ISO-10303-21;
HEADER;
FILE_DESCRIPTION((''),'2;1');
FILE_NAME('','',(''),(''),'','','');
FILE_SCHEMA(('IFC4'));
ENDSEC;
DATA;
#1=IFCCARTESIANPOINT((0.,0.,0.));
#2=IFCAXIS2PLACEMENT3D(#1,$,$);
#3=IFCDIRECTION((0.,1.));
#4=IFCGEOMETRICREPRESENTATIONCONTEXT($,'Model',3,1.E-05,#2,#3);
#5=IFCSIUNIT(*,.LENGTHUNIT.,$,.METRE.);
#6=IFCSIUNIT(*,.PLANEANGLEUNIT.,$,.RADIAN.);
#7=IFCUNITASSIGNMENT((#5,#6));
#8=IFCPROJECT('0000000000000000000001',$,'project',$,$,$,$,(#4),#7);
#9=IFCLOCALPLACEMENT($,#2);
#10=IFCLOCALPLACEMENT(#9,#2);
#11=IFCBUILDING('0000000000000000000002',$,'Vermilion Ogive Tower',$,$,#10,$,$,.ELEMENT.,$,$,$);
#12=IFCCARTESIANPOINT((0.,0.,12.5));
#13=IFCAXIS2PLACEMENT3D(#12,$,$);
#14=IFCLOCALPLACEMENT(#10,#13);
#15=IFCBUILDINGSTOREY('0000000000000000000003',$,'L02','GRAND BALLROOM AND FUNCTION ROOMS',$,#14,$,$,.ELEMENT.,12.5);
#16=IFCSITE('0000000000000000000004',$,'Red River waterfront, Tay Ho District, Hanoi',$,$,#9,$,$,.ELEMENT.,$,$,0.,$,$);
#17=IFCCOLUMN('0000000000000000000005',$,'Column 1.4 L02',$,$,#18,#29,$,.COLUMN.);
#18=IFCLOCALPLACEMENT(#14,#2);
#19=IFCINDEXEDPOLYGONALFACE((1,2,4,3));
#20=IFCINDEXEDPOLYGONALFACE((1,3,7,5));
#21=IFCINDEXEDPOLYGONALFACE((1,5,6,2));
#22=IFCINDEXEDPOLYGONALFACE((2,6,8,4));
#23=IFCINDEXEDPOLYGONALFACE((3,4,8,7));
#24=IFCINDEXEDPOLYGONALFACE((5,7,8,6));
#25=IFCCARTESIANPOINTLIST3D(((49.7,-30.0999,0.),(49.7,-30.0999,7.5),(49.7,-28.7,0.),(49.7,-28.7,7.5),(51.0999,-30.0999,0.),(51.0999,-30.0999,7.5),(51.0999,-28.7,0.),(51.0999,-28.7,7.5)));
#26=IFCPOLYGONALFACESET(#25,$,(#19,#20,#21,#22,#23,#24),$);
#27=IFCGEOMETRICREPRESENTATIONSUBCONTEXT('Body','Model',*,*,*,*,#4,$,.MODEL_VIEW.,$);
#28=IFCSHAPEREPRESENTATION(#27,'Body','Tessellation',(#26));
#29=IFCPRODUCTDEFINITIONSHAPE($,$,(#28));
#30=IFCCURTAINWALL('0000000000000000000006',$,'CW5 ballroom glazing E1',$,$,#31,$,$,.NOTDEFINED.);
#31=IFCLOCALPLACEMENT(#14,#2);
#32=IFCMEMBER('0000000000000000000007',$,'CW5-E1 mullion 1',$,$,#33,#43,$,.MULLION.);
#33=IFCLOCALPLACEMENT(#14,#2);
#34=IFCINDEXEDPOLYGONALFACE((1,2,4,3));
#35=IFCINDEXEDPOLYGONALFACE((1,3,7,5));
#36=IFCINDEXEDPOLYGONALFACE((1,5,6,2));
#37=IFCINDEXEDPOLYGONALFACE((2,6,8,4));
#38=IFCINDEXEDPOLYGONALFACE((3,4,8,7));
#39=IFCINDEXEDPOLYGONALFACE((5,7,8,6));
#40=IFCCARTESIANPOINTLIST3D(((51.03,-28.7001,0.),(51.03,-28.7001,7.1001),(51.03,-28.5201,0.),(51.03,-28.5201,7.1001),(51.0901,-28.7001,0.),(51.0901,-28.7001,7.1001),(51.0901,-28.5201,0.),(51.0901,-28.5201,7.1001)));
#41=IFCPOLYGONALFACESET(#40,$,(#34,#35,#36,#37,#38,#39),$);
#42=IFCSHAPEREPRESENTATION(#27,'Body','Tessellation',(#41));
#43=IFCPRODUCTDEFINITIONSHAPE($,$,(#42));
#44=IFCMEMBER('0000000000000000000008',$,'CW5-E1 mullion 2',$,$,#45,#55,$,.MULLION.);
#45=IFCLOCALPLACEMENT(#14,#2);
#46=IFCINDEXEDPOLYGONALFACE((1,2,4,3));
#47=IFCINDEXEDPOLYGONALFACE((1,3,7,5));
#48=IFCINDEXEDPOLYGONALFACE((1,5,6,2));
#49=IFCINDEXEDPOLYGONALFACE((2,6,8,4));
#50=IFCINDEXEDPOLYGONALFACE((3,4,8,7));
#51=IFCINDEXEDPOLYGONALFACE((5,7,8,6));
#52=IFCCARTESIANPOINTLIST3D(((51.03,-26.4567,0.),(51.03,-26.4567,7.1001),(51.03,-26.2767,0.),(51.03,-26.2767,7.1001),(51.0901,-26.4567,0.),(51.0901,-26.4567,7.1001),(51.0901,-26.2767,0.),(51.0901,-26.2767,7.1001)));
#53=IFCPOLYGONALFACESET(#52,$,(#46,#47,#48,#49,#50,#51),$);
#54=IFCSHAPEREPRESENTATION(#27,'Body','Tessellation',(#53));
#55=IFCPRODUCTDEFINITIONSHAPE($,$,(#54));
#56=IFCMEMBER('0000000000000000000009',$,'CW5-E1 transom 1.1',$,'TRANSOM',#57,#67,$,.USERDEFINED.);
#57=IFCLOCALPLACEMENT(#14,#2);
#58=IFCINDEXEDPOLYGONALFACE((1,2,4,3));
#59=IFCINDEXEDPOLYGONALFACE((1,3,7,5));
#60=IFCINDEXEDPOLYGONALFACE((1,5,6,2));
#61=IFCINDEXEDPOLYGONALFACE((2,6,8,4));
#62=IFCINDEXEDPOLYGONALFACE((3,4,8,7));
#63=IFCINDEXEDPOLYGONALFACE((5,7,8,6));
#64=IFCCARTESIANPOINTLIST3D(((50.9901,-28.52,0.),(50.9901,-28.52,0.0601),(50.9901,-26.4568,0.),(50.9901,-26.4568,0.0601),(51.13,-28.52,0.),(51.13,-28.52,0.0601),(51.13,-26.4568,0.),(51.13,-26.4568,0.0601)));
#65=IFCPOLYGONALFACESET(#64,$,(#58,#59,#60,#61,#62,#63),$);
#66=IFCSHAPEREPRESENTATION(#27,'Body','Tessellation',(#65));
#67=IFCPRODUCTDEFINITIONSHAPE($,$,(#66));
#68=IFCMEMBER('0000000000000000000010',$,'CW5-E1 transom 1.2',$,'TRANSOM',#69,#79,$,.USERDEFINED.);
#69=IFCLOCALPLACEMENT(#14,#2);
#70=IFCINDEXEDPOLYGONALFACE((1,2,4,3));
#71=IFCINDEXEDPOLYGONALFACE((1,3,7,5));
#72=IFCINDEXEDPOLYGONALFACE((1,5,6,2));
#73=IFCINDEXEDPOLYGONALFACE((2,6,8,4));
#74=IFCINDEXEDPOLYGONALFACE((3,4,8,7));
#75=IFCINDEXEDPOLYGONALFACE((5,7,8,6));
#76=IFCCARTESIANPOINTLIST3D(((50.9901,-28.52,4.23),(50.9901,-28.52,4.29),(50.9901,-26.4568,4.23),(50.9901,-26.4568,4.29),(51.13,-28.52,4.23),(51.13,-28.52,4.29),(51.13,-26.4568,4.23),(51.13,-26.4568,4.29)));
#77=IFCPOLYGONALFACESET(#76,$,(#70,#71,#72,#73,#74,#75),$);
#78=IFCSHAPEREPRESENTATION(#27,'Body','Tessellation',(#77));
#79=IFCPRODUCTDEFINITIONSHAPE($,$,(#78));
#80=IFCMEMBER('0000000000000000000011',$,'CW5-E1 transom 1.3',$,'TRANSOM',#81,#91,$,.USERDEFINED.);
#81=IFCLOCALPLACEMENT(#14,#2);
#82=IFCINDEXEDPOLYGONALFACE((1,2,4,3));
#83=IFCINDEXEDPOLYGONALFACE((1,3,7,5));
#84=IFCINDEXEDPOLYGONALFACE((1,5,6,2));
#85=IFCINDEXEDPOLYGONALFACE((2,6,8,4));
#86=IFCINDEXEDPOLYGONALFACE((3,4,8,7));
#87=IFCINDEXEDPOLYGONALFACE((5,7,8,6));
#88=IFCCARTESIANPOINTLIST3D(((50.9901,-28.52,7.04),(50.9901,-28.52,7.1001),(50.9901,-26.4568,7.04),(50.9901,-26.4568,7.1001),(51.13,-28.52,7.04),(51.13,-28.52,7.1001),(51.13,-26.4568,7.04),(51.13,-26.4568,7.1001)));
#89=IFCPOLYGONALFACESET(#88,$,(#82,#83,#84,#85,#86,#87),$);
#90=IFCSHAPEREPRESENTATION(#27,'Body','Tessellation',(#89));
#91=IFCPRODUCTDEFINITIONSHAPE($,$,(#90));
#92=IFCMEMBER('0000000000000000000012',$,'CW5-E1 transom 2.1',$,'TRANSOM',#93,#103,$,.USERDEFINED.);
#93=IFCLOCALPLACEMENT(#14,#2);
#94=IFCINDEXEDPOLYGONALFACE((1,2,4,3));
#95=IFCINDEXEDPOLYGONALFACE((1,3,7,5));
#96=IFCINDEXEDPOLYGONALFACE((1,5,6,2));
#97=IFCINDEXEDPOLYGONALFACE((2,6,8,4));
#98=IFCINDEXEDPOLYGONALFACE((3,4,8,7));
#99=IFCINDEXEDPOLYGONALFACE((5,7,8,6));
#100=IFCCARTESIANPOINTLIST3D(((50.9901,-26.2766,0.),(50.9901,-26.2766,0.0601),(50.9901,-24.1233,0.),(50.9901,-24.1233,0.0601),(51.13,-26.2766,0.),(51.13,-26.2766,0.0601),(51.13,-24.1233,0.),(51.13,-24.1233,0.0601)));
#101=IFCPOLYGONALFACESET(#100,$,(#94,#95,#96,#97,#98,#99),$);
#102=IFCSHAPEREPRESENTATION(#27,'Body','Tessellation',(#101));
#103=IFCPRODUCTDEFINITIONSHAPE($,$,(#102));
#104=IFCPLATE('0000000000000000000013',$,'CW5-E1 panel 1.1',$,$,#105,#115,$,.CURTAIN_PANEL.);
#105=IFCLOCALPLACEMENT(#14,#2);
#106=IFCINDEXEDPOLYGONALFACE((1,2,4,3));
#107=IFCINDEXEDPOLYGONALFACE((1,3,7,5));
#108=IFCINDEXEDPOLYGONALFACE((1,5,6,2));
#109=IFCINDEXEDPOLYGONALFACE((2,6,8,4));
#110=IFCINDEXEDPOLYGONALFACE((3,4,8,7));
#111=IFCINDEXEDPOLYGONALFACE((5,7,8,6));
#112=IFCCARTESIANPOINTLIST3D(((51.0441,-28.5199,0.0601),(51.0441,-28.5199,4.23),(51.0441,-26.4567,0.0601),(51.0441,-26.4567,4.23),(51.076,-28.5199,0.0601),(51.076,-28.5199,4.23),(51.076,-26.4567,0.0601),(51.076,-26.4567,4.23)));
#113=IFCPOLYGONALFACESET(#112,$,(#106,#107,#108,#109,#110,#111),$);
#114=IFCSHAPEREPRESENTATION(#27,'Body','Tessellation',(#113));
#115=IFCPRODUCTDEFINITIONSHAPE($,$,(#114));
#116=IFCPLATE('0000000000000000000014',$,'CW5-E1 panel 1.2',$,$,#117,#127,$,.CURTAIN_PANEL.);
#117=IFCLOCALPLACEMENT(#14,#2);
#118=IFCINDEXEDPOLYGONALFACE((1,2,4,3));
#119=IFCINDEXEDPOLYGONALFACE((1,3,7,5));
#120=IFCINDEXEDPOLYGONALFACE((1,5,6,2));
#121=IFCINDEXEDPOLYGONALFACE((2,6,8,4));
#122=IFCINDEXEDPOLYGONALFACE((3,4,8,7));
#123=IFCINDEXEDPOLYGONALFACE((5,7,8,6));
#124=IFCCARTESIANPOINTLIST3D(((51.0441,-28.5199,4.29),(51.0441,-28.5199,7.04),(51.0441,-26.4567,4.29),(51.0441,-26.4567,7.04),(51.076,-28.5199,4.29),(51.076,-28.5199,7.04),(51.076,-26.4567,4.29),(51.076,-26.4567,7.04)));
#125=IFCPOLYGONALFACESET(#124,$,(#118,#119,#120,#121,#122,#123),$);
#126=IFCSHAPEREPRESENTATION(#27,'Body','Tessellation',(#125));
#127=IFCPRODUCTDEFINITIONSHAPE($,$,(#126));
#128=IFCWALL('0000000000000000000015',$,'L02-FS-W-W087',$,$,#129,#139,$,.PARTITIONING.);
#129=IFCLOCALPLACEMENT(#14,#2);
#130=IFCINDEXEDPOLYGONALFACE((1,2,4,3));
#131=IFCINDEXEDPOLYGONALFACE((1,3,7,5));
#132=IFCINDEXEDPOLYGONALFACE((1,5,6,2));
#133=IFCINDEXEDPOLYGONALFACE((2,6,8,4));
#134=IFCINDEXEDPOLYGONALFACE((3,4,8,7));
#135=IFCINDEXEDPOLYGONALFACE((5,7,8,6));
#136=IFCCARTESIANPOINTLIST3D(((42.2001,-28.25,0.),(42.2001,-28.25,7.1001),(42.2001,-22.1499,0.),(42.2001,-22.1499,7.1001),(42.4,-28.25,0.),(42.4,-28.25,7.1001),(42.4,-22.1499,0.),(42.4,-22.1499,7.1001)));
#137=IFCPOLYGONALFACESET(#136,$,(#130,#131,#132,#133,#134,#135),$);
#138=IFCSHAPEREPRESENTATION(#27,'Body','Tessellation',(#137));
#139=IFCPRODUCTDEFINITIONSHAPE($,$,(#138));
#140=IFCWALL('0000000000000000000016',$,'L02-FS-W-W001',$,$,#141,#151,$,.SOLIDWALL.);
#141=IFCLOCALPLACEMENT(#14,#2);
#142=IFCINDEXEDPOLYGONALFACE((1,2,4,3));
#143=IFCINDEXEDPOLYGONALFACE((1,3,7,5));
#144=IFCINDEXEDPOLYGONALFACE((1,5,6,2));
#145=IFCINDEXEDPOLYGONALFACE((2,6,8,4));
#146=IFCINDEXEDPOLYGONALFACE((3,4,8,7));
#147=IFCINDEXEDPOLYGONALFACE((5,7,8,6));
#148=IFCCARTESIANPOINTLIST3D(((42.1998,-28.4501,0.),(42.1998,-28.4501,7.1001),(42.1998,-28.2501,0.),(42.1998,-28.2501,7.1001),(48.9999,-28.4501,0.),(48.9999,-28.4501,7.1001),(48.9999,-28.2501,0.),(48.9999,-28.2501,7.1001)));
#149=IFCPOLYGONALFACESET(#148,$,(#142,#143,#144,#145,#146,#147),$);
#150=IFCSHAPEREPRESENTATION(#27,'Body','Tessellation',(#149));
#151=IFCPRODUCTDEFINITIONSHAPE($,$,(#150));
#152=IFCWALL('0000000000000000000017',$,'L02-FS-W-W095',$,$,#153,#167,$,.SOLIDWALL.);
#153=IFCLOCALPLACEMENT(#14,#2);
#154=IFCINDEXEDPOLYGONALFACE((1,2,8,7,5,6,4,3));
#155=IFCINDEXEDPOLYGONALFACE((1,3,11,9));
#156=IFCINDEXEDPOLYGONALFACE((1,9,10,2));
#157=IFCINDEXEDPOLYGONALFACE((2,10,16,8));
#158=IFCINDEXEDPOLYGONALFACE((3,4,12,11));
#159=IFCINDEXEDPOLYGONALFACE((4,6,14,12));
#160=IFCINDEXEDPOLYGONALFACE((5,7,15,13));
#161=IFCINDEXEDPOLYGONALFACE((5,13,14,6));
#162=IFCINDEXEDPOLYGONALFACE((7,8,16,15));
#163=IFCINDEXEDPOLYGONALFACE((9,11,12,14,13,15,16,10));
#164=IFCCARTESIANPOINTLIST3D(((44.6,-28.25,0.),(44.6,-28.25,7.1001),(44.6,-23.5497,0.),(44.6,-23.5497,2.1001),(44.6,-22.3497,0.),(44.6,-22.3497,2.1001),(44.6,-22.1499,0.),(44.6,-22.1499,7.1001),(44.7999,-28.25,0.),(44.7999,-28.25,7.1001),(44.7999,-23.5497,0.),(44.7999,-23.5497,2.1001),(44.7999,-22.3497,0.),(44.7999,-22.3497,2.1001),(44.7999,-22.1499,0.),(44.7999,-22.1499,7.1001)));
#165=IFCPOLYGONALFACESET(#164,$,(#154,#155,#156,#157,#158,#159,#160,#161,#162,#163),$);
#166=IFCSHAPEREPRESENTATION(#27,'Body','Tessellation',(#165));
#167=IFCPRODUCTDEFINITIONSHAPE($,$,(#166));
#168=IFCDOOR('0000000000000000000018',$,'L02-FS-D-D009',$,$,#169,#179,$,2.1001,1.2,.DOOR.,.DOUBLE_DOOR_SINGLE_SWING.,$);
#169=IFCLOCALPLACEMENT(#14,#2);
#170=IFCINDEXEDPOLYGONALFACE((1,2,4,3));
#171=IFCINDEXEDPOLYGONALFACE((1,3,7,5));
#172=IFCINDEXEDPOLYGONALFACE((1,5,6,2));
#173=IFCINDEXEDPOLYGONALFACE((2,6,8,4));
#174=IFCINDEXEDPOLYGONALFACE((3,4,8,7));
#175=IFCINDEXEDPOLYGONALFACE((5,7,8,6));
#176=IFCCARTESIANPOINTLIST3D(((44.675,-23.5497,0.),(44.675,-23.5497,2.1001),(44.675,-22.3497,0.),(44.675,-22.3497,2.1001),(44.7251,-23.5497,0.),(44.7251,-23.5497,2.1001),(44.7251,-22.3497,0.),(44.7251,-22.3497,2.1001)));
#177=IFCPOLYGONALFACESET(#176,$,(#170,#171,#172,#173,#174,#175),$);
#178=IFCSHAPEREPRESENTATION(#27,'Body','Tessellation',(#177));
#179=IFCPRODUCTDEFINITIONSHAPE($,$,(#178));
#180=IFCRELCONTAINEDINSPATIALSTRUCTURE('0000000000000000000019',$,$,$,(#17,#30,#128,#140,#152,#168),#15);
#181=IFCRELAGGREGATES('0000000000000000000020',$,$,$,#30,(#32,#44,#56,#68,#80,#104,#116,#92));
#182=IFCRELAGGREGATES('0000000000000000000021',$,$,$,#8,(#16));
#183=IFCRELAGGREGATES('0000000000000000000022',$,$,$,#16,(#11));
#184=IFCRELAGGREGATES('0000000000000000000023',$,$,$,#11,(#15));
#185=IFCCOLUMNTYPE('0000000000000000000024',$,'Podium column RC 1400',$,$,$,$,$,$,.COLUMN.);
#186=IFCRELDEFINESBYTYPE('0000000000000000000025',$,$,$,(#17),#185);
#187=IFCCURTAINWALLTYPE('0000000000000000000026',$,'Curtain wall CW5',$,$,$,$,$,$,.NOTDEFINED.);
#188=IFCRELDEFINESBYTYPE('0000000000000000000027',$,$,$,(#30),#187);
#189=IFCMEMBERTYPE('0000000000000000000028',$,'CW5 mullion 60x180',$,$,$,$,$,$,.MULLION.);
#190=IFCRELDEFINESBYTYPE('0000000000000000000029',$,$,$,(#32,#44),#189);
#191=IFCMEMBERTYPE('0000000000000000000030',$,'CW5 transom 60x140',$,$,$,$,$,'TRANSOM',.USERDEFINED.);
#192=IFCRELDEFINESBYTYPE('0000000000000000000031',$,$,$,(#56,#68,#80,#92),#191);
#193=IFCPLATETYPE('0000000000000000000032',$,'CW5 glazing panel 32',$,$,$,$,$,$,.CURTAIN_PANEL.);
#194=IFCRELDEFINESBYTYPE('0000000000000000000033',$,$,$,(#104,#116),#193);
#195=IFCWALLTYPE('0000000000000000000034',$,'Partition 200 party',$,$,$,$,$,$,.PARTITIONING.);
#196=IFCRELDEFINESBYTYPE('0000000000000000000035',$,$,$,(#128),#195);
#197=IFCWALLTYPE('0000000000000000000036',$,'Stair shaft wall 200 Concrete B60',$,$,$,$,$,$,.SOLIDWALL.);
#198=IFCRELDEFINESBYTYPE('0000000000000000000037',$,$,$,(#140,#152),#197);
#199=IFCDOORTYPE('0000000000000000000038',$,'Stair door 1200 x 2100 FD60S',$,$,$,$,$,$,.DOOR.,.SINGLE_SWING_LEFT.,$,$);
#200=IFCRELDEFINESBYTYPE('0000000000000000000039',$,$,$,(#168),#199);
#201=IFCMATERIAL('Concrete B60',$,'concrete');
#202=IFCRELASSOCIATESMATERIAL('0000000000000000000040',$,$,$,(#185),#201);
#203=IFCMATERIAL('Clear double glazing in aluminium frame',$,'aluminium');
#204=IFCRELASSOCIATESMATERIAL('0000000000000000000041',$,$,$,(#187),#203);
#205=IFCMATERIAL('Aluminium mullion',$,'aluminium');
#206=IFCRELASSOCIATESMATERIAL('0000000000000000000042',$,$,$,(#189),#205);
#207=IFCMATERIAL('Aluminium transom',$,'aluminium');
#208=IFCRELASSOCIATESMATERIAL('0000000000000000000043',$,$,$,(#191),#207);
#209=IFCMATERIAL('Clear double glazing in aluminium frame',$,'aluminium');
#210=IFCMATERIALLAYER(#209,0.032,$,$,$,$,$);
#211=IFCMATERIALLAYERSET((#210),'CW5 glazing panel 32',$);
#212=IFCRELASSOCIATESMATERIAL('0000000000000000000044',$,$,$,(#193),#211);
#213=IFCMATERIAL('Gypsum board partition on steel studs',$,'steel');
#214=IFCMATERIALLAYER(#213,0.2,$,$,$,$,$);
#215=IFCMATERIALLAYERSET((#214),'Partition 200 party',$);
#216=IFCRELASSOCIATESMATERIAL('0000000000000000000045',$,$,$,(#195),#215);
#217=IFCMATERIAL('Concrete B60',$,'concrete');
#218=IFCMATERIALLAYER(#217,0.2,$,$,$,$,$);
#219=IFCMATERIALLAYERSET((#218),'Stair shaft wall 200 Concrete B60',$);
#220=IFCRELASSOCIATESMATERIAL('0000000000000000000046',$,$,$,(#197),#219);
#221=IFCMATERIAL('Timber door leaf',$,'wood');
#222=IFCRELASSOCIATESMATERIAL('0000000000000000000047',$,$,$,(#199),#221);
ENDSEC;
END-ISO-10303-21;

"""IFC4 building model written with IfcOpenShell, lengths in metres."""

from ifc_helpers import new_model, si_unit, direction, frame, frame_2d, origin, origin_2d, place, context, subcontext, project, spatial, rectangle, extrude, material, layer, layer_set, material_profile, profile_set, type_object, element, fill, aggregate, save


model = new_model("IFC4")

# Units and contexts
model_context = context("Model", 3, precision=1e-05, world=origin(), true_north=direction((0.0, 1.0)))
body_context = subcontext(model_context, "Body", "Model", "MODEL_VIEW")
ifc_project = project(units=[si_unit("LENGTHUNIT", "METRE"), si_unit("PLANEANGLEUNIT", "RADIAN")], contexts=[model_context])

# Site, building, storey
site_placement = place(None, origin())
site = spatial("IfcSite", under=ifc_project, at=site_placement, Name="Red River waterfront, Tay Ho District, Hanoi", CompositionType="ELEMENT", RefElevation=0.0)
building_placement = place(site_placement, origin())
building = spatial("IfcBuilding", under=site, at=building_placement, Name="Vermilion Ogive Tower", CompositionType="ELEMENT")
storey_placement = place(building_placement, frame((0.0, 0.0, 12.5)))
storey = spatial("IfcBuildingStorey", under=building, at=storey_placement, Name="L02", Description="GRAND BALLROOM AND FUNCTION ROOMS", CompositionType="ELEMENT", Elevation=12.5)

# Column
ifc_material_1 = material(Name="Concrete B60", Category="concrete")
ifc_material_profile_1 = material_profile(ifc_material_1, rectangle(XDim=1.3999, YDim=1.3999, at=origin_2d()), Name="RC 1400x1400")
ifc_profile_set_1 = profile_set([ifc_material_profile_1], Name="Concrete B60")
column_type = type_object("IfcColumnType", Name="Podium column RC 1400", PredefinedType="COLUMN", material=ifc_profile_set_1)
column_placement = place(storey_placement, frame((50.3999, -29.3999, 0.0), z_axis=(0.0, 0.0, 1.0), x_axis=(1.0, 0.0, 0.0)))
element("IfcColumn", 1, at=column_placement, inside=storey, type_object=column_type, Name="Column 1.4 L02", PredefinedType="COLUMN", context=body_context, shape_type="SweptSolid", body=[
    extrude(rectangle(XDim=1.3999, YDim=1.3999, at=origin_2d()), origin(), (0.0, 0.0, 1.0), 7.5),
])

# Curtain wall, members, plates
ifc_material_2 = material(Name="Clear double glazing in aluminium frame", Category="aluminium")
curtain_wall_type = type_object("IfcCurtainWallType", Name="Curtain wall CW5", PredefinedType="NOTDEFINED", material=ifc_material_2)
curtain_wall_placement = place(storey_placement, origin())
curtain_wall = element("IfcCurtainWall", 2, at=curtain_wall_placement, inside=storey, type_object=curtain_wall_type, Name="CW5 ballroom glazing E1", PredefinedType="NOTDEFINED")
ifc_material_3 = material(Name="Aluminium mullion", Category="aluminium")
ifc_material_profile_2 = material_profile(ifc_material_3, rectangle(XDim=0.0601, YDim=0.1799, at=origin_2d()), Name="AL 60x180")
ifc_profile_set_2 = profile_set([ifc_material_profile_2], Name="Aluminium mullion")
member_type_1 = type_object("IfcMemberType", Name="CW5 mullion 60x180", PredefinedType="MULLION", material=ifc_profile_set_2)
member_1_placement = place(storey_placement, frame((51.0601, -28.6101, 0.0), z_axis=(0.0, 0.0, 1.0), x_axis=(-1.0, 0.0, 0.0)))
member_1 = element("IfcMember", 3, at=member_1_placement, type_object=member_type_1, Name="CW5-E1 mullion 1", PredefinedType="MULLION", context=body_context, shape_type="SweptSolid", body=[
    extrude(rectangle(XDim=0.0601, YDim=0.1799, at=origin_2d()), origin(), (0.0, 0.0, 1.0), 7.1001),
])
member_2_placement = place(storey_placement, frame((51.0601, -26.3667, 0.0), z_axis=(0.0, 0.0, 1.0), x_axis=(-1.0, 0.0, 0.0)))
member_2 = element("IfcMember", 4, at=member_2_placement, type_object=member_type_1, Name="CW5-E1 mullion 2", PredefinedType="MULLION", context=body_context, shape_type="SweptSolid", body=[
    extrude(rectangle(XDim=0.0601, YDim=0.1799, at=origin_2d()), origin(), (0.0, 0.0, 1.0), 7.1001),
])
ifc_material_4 = material(Name="Aluminium transom", Category="aluminium")
ifc_material_profile_3 = material_profile(ifc_material_4, rectangle(XDim=0.1399, YDim=0.0601, at=origin_2d()), Name="AL 60x140")
ifc_profile_set_3 = profile_set([ifc_material_profile_3], Name="Aluminium transom")
member_type_2 = type_object("IfcMemberType", Name="CW5 transom 60x140", ElementType="TRANSOM", PredefinedType="USERDEFINED", material=ifc_profile_set_3)
member_3_placement = place(storey_placement, frame((51.0601, -28.52, 0.03), z_axis=(0.0, 1.0, 0.0), x_axis=(-1.0, 0.0, 0.0)))
member_3 = element("IfcMember", 5, at=member_3_placement, type_object=member_type_2, Name="CW5-E1 transom 1.1", ObjectType="TRANSOM", PredefinedType="USERDEFINED", context=body_context, shape_type="SweptSolid", body=[
    extrude(rectangle(XDim=0.1399, YDim=0.0601, at=origin_2d()), origin(), (0.0, 0.0, 1.0), 2.0632),
])
member_4_placement = place(storey_placement, frame((51.0601, -28.52, 4.26), z_axis=(0.0, 1.0, 0.0), x_axis=(-1.0, 0.0, 0.0)))
member_4 = element("IfcMember", 6, at=member_4_placement, type_object=member_type_2, Name="CW5-E1 transom 1.2", ObjectType="TRANSOM", PredefinedType="USERDEFINED", context=body_context, shape_type="SweptSolid", body=[
    extrude(rectangle(XDim=0.1399, YDim=0.0601, at=origin_2d()), origin(), (0.0, 0.0, 1.0), 2.0632),
])
member_5_placement = place(storey_placement, frame((51.0601, -28.52, 7.0701), z_axis=(0.0, 1.0, 0.0), x_axis=(-1.0, 0.0, 0.0)))
member_5 = element("IfcMember", 7, at=member_5_placement, type_object=member_type_2, Name="CW5-E1 transom 1.3", ObjectType="TRANSOM", PredefinedType="USERDEFINED", context=body_context, shape_type="SweptSolid", body=[
    extrude(rectangle(XDim=0.1399, YDim=0.0601, at=origin_2d()), origin(), (0.0, 0.0, 1.0), 2.0632),
])
member_6_placement = place(storey_placement, frame((51.0601, -26.2766, 0.03), z_axis=(0.0, 1.0, 0.0), x_axis=(-1.0, 0.0, 0.0)))
member_6 = element("IfcMember", 8, at=member_6_placement, type_object=member_type_2, Name="CW5-E1 transom 2.1", ObjectType="TRANSOM", PredefinedType="USERDEFINED", context=body_context, shape_type="SweptSolid", body=[
    extrude(rectangle(XDim=0.1399, YDim=0.0601, at=origin_2d()), origin(), (0.0, 0.0, 1.0), 2.1533),
])
ifc_material_5 = material(Name="Clear double glazing in aluminium frame", Category="aluminium")
ifc_layer_1 = layer(ifc_material_5, 0.032)
ifc_layer_set_1 = layer_set([ifc_layer_1], Name="CW5 glazing panel 32")
plate_type = type_object("IfcPlateType", Name="CW5 glazing panel 32", PredefinedType="CURTAIN_PANEL", material=ifc_layer_set_1)
plate_1_placement = place(storey_placement, frame((51.0601, -27.4883, 0.0601), z_axis=(0.0, 0.0, 1.0), x_axis=(0.0, 1.0, 0.0)))
plate_1 = element("IfcPlate", 9, at=plate_1_placement, type_object=plate_type, Name="CW5-E1 panel 1.1", PredefinedType="CURTAIN_PANEL", context=body_context, shape_type="SweptSolid", body=[
    extrude(rectangle(XDim=2.0632, YDim=0.032, at=origin_2d()), origin(), (0.0, 0.0, 1.0), 4.1699),
])
plate_2_placement = place(storey_placement, frame((51.0601, -27.4883, 4.29), z_axis=(0.0, 0.0, 1.0), x_axis=(0.0, 1.0, 0.0)))
plate_2 = element("IfcPlate", 10, at=plate_2_placement, type_object=plate_type, Name="CW5-E1 panel 1.2", PredefinedType="CURTAIN_PANEL", context=body_context, shape_type="SweptSolid", body=[
    extrude(rectangle(XDim=2.0632, YDim=0.032, at=origin_2d()), origin(), (0.0, 0.0, 1.0), 2.75),
])
aggregate(curtain_wall, [member_1, member_2, member_3, member_4, member_5, plate_1, plate_2, member_6])

# Walls
ifc_material_6 = material(Name="Gypsum board partition on steel studs", Category="steel")
ifc_layer_2 = layer(ifc_material_6, 0.2)
ifc_layer_set_2 = layer_set([ifc_layer_2], Name="Partition 200 party")
wall_type_1 = type_object("IfcWallType", Name="Partition 200 party", PredefinedType="PARTITIONING", material=ifc_layer_set_2)
wall_1_placement = place(storey_placement, frame((42.3, -28.25, 0.0), z_axis=(0.0, 0.0, 1.0), x_axis=(0.0, 1.0, 0.0)))
element("IfcWall", 11, at=wall_1_placement, inside=storey, type_object=wall_type_1, Name="L02-FS-W-W087", PredefinedType="PARTITIONING", context=body_context, shape_type="SweptSolid", body=[
    extrude(rectangle(XDim=6.1001, YDim=0.2, at=frame_2d((3.05, 0.0))), origin(), (0.0, 0.0, 1.0), 7.1001),
])
ifc_material_7 = material(Name="Concrete B60", Category="concrete")
ifc_layer_3 = layer(ifc_material_7, 0.2)
ifc_layer_set_3 = layer_set([ifc_layer_3], Name="Stair shaft wall 200 Concrete B60")
wall_type_2 = type_object("IfcWallType", Name="Stair shaft wall 200 Concrete B60", PredefinedType="SOLIDWALL", material=ifc_layer_set_3)
wall_2_placement = place(storey_placement, frame((42.2, -28.3501, 0.0), z_axis=(0.0, 0.0, 1.0), x_axis=(1.0, 0.0, 0.0)))
element("IfcWall", 12, at=wall_2_placement, inside=storey, type_object=wall_type_2, Name="L02-FS-W-W001", PredefinedType="SOLIDWALL", context=body_context, shape_type="SweptSolid", body=[
    extrude(rectangle(XDim=6.8, YDim=0.2, at=frame_2d((3.3999, 0.0))), origin(), (0.0, 0.0, 1.0), 7.1001),
])

# Wall, opening, door
wall_3_placement = place(storey_placement, frame((44.7, -28.25, 0.0), z_axis=(0.0, 0.0, 1.0), x_axis=(0.0, 1.0, 0.0)))
wall_3 = element("IfcWall", 13, at=wall_3_placement, inside=storey, type_object=wall_type_2, Name="L02-FS-W-W095", PredefinedType="SOLIDWALL", context=body_context, shape_type="SweptSolid", body=[
    extrude(rectangle(XDim=6.1001, YDim=0.2, at=frame_2d((3.05, 0.0))), origin(), (0.0, 0.0, 1.0), 7.1001),
])
opening_placement = place(wall_3_placement, frame((4.7002, 0.0, 0.0)))
opening = element("IfcOpeningElement", 14, at=opening_placement, cuts=wall_3, PredefinedType="OPENING", context=body_context, shape_type="SweptSolid", body=[
    extrude(rectangle(XDim=1.2, YDim=2.1001, at=frame_2d((0.6001, 1.05))), frame((0.0, 0.1099, 0.0), z_axis=(0.0, -1.0, 0.0), x_axis=(1.0, 0.0, 0.0)), (0.0, 0.0, 1.0), 0.22),
])
ifc_material_8 = material(Name="Timber door leaf", Category="wood")
door_type = type_object("IfcDoorType", Name="Stair door 1200 x 2100 FD60S", OperationType="SINGLE_SWING_LEFT", PredefinedType="DOOR", material=ifc_material_8)
door_placement = place(opening_placement, origin())
door = element("IfcDoor", 15, at=door_placement, inside=storey, type_object=door_type, Name="L02-FS-D-D009", OperationType="DOUBLE_DOOR_SINGLE_SWING", OverallHeight=2.1001, OverallWidth=1.2, PredefinedType="DOOR", context=body_context, shape_type="SweptSolid", body=[
    extrude(rectangle(XDim=1.2, YDim=2.1001, at=frame_2d((0.6001, 1.05))), frame((0.0, 0.0249, 0.0), z_axis=(0.0, -1.0, 0.0), x_axis=(1.0, 0.0, 0.0)), (0.0, 0.0, 1.0), 0.05),
])
fill(opening, door)

save(model, "model.ifc")
